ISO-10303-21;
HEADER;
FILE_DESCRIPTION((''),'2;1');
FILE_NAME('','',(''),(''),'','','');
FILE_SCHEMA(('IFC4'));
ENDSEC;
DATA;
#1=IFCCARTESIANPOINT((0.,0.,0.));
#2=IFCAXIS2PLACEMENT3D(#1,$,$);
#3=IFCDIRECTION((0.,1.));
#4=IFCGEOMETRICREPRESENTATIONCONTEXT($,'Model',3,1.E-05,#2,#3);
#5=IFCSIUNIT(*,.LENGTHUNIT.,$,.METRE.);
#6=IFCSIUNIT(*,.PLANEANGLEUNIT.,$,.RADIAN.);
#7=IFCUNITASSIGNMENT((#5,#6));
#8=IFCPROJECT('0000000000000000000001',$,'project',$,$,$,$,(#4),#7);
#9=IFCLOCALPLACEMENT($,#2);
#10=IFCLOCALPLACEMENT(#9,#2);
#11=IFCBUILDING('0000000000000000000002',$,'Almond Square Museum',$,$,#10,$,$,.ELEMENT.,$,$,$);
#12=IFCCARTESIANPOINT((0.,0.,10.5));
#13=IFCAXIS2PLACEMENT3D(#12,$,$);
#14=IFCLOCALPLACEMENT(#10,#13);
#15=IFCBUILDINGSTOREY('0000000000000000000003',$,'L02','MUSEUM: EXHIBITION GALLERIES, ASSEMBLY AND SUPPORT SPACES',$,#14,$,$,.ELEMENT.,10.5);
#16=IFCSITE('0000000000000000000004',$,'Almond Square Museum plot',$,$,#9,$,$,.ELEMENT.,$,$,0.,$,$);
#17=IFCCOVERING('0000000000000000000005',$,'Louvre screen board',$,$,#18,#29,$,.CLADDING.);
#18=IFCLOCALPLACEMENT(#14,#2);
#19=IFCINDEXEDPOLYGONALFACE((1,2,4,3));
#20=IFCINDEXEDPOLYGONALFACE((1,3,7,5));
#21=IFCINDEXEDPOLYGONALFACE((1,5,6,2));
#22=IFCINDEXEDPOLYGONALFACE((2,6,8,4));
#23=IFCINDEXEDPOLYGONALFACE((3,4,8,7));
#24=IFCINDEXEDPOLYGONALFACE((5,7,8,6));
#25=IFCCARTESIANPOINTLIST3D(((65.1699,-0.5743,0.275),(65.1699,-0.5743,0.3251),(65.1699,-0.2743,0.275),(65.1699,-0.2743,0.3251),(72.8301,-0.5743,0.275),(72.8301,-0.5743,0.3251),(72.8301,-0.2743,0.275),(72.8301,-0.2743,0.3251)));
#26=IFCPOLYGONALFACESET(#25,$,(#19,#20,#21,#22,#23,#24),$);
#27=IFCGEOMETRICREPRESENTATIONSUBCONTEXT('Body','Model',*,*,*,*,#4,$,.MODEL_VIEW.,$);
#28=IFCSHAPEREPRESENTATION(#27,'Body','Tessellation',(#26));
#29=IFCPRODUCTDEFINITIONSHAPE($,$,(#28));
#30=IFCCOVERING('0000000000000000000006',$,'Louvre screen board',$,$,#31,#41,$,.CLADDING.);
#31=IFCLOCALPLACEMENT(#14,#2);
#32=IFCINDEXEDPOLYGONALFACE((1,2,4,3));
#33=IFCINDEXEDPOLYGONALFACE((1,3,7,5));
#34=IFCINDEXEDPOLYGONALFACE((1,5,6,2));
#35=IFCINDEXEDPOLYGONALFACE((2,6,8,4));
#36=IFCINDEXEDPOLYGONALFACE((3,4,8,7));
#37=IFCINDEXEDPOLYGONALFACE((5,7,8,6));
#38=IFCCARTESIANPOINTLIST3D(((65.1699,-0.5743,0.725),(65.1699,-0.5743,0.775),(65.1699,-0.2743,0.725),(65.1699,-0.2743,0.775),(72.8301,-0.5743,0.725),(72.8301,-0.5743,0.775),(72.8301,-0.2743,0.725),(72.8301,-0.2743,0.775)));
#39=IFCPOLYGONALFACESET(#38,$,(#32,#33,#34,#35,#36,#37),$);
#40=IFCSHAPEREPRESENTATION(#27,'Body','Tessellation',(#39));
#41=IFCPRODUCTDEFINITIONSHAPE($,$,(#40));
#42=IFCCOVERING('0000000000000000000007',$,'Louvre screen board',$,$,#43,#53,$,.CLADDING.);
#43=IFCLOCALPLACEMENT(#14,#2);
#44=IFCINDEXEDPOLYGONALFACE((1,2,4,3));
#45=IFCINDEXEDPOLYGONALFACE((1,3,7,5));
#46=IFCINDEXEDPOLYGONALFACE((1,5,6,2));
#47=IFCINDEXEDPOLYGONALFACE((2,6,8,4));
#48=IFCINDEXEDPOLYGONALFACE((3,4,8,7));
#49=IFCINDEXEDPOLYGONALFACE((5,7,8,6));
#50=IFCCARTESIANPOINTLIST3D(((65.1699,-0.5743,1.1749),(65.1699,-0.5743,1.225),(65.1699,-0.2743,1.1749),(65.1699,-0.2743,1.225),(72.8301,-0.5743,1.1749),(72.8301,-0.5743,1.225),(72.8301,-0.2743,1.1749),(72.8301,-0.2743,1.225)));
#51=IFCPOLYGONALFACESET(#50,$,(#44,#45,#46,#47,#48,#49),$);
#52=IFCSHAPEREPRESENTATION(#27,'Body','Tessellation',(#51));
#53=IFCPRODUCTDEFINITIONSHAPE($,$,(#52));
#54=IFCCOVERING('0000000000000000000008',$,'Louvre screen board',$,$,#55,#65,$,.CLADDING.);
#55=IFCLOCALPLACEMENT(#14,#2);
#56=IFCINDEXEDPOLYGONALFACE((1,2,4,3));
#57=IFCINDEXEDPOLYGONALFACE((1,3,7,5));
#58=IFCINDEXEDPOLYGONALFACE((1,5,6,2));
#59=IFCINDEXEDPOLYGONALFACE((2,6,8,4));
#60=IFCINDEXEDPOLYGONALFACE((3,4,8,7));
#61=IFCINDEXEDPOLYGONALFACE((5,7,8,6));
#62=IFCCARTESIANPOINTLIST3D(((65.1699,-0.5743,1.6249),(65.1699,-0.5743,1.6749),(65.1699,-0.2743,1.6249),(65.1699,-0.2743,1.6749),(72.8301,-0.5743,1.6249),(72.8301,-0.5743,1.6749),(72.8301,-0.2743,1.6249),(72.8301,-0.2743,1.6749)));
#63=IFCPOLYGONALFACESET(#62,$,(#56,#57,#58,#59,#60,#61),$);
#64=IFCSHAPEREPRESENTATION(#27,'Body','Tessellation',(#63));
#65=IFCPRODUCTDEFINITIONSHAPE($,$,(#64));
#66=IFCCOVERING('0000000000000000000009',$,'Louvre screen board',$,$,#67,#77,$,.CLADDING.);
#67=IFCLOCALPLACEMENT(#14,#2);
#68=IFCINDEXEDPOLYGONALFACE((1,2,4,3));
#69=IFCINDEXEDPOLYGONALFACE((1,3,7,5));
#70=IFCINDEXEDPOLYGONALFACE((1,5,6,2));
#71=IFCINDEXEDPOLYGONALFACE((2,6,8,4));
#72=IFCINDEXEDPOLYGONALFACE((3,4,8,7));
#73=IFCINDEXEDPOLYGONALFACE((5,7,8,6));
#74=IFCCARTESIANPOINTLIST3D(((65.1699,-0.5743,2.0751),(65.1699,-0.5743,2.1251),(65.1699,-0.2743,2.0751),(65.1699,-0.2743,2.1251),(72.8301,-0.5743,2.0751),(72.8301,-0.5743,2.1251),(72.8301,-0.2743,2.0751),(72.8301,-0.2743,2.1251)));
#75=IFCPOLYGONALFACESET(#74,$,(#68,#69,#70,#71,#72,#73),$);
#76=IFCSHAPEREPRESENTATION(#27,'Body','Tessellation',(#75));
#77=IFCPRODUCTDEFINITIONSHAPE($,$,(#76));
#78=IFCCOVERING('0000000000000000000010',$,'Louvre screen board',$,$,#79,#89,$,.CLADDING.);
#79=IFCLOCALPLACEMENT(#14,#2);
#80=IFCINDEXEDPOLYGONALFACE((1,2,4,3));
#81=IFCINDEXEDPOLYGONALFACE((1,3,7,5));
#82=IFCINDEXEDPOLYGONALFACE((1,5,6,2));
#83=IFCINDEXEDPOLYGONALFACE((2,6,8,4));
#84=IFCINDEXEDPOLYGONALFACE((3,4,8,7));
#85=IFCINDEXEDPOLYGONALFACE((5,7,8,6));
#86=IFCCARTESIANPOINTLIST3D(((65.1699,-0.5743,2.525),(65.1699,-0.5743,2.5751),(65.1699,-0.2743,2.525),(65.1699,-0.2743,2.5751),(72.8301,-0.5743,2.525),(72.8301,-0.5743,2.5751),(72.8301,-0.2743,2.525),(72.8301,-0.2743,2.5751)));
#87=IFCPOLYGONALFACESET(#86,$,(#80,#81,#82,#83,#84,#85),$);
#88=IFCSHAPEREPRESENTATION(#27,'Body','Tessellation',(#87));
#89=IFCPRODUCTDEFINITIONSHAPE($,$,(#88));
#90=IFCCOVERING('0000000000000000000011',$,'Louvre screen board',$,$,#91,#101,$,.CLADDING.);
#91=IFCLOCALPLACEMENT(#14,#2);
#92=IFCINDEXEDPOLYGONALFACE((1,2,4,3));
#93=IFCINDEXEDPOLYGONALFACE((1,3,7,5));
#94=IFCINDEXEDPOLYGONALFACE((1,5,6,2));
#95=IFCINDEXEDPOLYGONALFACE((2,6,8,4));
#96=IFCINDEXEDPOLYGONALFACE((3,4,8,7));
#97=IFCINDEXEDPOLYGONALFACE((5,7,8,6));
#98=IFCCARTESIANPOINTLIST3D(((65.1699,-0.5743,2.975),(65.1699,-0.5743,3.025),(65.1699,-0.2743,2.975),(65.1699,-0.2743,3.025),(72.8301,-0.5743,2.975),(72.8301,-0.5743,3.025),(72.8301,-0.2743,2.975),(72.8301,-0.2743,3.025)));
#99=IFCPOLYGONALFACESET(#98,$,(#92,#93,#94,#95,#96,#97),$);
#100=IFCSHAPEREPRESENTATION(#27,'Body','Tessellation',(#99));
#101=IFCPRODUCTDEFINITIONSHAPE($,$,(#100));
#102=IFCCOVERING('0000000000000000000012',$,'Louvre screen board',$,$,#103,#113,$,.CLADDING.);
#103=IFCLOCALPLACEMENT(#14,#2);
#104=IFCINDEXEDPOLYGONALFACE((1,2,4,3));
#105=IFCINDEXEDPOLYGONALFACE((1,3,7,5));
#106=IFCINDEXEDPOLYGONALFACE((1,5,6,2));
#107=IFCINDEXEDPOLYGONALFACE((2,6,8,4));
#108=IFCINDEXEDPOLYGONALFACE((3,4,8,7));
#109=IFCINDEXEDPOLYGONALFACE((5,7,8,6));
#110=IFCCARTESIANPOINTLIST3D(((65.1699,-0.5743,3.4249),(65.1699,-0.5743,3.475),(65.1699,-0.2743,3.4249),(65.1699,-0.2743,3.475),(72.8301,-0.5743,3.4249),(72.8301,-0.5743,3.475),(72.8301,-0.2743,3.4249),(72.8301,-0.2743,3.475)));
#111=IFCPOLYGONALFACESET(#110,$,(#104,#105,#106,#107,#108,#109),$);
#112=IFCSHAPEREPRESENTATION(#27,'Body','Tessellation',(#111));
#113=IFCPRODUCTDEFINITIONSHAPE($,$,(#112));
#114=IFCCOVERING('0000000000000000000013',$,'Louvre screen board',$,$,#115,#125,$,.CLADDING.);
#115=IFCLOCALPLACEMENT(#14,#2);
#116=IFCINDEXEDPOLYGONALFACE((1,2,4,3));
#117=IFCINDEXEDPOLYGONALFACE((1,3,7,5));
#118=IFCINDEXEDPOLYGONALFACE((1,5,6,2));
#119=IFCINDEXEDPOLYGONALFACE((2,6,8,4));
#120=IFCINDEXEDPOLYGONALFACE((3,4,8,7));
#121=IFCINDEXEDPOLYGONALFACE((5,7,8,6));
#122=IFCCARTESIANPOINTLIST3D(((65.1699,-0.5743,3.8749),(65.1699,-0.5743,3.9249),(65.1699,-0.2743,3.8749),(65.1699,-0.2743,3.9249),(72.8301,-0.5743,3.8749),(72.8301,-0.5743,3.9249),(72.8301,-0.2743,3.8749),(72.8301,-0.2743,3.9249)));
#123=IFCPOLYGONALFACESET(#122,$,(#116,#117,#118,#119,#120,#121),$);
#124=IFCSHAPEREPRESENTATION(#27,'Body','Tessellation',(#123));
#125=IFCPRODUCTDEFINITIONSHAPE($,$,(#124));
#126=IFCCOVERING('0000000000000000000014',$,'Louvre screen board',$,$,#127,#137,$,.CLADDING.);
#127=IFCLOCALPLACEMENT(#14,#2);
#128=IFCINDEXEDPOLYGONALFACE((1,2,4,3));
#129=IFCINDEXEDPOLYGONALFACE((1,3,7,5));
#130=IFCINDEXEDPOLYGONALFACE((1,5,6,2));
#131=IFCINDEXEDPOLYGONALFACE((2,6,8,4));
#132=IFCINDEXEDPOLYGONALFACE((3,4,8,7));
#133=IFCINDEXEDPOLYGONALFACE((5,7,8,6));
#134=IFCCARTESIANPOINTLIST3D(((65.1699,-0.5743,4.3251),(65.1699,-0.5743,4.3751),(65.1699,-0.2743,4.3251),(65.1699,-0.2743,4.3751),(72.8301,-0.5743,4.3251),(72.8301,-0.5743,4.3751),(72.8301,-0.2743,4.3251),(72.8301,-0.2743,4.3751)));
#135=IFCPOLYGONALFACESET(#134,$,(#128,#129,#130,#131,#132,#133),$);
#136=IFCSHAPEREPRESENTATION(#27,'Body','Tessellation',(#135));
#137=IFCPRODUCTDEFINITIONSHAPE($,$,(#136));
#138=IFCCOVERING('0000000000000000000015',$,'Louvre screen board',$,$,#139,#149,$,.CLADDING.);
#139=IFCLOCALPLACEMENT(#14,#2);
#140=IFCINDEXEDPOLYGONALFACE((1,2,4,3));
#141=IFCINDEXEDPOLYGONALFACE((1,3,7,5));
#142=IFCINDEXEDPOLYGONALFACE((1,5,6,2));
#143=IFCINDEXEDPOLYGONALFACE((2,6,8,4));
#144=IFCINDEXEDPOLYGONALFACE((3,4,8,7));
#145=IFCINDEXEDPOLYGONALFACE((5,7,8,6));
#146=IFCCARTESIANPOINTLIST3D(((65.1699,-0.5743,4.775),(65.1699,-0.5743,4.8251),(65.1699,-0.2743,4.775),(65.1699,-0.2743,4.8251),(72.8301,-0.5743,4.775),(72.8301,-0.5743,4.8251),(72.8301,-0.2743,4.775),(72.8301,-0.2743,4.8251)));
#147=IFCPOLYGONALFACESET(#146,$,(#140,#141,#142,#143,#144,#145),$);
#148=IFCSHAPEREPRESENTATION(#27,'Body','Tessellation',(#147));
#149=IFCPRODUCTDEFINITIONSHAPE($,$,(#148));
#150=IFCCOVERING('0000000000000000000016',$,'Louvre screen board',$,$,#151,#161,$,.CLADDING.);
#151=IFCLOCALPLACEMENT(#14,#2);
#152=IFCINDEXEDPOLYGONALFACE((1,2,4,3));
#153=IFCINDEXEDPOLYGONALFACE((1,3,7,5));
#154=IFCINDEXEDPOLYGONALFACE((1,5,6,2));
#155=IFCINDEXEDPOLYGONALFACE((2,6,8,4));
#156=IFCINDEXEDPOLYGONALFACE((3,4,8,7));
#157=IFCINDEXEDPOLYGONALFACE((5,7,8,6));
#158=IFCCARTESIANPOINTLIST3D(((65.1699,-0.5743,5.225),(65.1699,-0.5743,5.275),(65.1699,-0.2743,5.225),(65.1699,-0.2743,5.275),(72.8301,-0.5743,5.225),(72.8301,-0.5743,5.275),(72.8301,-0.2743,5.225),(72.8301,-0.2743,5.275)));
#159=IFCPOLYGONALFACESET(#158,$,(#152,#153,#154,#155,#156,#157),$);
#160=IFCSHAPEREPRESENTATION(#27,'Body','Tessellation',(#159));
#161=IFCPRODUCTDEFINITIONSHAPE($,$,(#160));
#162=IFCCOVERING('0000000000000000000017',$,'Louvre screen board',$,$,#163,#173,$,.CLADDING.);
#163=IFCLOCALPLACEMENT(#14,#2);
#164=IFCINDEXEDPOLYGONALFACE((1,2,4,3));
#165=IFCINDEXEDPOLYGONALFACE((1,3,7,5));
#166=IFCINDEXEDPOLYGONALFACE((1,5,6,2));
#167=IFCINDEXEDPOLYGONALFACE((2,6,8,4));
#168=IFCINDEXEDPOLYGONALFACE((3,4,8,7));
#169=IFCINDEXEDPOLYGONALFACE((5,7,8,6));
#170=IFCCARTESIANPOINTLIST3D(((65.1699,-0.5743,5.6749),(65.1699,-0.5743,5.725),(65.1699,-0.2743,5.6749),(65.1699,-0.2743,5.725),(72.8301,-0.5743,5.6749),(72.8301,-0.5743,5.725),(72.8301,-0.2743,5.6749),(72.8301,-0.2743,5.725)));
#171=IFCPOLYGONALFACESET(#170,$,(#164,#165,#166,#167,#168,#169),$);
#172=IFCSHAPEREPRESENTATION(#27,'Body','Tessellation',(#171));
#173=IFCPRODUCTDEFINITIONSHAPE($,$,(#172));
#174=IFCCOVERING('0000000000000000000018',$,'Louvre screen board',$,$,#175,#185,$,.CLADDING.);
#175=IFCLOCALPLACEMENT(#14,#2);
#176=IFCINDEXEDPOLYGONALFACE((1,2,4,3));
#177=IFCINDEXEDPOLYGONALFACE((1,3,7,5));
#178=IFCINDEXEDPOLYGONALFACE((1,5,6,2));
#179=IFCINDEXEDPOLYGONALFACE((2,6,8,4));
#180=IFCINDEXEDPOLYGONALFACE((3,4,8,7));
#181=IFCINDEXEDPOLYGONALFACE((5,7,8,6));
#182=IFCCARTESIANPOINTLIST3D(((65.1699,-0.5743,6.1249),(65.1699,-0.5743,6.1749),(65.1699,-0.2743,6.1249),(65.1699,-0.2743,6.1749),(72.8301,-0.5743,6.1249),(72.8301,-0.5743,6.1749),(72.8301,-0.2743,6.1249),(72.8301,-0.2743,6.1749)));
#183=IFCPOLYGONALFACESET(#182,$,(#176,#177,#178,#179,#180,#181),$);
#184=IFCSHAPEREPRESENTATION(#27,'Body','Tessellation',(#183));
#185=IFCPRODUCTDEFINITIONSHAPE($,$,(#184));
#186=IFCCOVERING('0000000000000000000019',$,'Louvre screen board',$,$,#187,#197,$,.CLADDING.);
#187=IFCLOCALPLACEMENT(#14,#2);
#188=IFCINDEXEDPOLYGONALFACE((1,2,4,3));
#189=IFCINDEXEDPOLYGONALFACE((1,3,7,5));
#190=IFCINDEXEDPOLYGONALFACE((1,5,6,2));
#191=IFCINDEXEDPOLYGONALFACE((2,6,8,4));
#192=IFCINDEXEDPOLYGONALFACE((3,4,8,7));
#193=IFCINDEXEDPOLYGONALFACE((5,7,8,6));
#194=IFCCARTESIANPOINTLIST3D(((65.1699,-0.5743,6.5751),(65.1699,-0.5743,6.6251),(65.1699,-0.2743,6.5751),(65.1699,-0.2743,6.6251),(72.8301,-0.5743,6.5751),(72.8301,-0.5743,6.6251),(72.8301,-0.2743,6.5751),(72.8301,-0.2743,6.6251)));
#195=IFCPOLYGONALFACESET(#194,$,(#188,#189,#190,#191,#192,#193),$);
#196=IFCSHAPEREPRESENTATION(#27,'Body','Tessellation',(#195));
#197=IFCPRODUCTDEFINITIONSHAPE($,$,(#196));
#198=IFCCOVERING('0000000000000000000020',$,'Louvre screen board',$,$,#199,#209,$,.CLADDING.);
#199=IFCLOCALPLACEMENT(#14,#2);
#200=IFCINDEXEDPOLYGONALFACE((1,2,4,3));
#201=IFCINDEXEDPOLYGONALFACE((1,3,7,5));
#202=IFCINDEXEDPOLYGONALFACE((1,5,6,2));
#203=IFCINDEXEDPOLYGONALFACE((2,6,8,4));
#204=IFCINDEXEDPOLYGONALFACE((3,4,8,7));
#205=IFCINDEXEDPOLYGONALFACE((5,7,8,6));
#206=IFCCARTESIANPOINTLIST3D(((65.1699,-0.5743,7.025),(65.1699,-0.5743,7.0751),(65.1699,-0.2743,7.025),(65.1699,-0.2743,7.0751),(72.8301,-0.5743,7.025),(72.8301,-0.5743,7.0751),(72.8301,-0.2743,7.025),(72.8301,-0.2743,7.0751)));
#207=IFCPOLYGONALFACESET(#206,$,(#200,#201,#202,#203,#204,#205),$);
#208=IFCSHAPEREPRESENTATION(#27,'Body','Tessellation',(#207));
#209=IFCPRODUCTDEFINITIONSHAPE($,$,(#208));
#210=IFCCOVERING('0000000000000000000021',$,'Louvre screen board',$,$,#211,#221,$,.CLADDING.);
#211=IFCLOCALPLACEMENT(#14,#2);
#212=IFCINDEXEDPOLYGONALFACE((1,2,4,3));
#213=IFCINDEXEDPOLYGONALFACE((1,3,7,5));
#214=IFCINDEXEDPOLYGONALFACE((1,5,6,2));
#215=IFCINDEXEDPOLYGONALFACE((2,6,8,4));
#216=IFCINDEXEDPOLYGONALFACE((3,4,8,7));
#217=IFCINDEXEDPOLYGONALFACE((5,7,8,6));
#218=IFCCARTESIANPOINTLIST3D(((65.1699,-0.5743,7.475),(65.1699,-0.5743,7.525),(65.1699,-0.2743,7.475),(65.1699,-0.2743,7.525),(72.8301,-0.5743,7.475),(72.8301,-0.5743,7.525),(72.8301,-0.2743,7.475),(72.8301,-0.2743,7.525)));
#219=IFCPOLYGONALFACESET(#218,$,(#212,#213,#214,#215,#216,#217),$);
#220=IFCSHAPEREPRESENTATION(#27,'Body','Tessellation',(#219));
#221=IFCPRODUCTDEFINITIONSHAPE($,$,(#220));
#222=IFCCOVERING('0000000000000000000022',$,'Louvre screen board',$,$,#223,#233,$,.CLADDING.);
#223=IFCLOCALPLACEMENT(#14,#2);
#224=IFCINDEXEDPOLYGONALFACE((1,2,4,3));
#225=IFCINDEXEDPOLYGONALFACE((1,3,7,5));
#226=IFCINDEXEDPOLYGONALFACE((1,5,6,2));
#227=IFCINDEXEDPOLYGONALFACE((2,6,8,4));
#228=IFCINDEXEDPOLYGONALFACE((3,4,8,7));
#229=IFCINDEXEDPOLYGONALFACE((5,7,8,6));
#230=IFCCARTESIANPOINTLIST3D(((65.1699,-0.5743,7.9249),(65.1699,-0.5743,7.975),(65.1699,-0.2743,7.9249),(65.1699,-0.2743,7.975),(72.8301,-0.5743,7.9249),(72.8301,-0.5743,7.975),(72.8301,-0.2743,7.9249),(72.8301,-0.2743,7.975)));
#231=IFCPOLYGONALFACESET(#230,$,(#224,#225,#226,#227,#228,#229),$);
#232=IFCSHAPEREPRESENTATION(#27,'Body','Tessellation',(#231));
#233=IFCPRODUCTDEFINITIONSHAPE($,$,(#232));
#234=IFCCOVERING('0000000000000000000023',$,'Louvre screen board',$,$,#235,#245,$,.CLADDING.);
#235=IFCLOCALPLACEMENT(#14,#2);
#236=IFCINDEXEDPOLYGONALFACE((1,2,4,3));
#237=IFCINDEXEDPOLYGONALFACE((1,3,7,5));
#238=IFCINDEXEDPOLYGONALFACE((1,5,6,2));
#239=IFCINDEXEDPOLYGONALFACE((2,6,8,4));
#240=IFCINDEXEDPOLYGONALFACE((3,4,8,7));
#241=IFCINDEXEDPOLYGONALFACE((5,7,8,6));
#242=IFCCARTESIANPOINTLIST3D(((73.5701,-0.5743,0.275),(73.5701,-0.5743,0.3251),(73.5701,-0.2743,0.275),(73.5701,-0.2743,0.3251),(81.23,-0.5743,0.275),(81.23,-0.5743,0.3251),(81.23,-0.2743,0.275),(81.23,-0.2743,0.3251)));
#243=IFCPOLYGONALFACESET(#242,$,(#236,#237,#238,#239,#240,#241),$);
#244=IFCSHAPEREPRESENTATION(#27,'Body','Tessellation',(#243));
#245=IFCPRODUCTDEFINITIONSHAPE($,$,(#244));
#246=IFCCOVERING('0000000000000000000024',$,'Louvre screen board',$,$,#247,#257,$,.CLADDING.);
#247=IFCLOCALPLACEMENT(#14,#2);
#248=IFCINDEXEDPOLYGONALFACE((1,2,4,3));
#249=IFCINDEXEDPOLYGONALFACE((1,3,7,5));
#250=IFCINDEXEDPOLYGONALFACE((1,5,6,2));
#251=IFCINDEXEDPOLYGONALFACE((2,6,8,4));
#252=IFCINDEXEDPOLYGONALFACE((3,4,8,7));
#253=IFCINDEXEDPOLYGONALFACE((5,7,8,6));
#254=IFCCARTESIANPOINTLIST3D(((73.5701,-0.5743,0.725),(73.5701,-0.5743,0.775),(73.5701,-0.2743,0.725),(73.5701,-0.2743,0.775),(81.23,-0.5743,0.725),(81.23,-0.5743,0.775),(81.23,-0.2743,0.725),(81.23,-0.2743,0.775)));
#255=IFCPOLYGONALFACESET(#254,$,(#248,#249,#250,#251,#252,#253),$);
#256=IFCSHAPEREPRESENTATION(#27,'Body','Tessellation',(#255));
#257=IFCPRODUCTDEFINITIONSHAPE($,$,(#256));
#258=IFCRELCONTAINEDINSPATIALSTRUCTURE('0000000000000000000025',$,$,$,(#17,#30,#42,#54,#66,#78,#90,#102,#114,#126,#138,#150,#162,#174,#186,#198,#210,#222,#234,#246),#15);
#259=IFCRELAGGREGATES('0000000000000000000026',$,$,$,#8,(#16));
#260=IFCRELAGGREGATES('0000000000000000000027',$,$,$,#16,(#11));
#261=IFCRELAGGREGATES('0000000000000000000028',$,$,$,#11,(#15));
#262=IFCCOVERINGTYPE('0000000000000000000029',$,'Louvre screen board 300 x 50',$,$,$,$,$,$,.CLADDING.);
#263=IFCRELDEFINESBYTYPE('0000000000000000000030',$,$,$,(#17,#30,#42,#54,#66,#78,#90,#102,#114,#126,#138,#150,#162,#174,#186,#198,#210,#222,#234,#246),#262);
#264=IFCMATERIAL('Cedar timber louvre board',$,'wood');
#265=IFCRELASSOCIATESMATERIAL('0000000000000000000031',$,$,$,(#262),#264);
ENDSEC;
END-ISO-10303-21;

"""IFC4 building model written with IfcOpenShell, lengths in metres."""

from ifc_helpers import new_model, si_unit, direction, frame, origin, origin_2d, place, context, subcontext, project, spatial, rectangle, extrude, material, material_profile, profile_set, type_object, element, save


model = new_model("IFC4")

# Units and contexts
model_context = context("Model", 3, precision=1e-05, world=origin(), true_north=direction((0.0, 1.0)))
body_context = subcontext(model_context, "Body", "Model", "MODEL_VIEW")
ifc_project = project(units=[si_unit("LENGTHUNIT", "METRE"), si_unit("PLANEANGLEUNIT", "RADIAN")], contexts=[model_context])

# Site, building, storey
site_placement = place(None, origin())
site = spatial("IfcSite", under=ifc_project, at=site_placement, Name="Almond Square Museum plot", CompositionType="ELEMENT", RefElevation=0.0)
building_placement = place(site_placement, origin())
building = spatial("IfcBuilding", under=site, at=building_placement, Name="Almond Square Museum", CompositionType="ELEMENT")
storey_placement = place(building_placement, frame((0.0, 0.0, 10.5)))
storey = spatial("IfcBuildingStorey", under=building, at=storey_placement, Name="L02", Description="MUSEUM: EXHIBITION GALLERIES, ASSEMBLY AND SUPPORT SPACES", CompositionType="ELEMENT", Elevation=10.5)

# Coverings
ifc_material = material(Name="Cedar timber louvre board", Category="wood")
ifc_material_profile = material_profile(ifc_material, rectangle(XDim=0.3, YDim=0.05, at=origin_2d()))
ifc_profile_set = profile_set([ifc_material_profile], Name="Cedar timber louvre board")
covering_type = type_object("IfcCoveringType", Name="Louvre screen board 300 x 50", PredefinedType="CLADDING", material=ifc_profile_set)
for number, where, z_axis, x_axis, name in (
    (1, (65.1699, -0.4243, 0.3), (1.0, 0.0, 0.0), (0.0, 1.0, 0.0), "Louvre screen board"),
    (2, (65.1699, -0.4243, 0.75), (1.0, 0.0, 0.0), (0.0, 1.0, 0.0), "Louvre screen board"),
    (3, (65.1699, -0.4243, 1.2), (1.0, 0.0, 0.0), (0.0, 1.0, 0.0), "Louvre screen board"),
    (4, (65.1699, -0.4243, 1.6499), (1.0, 0.0, 0.0), (0.0, 1.0, 0.0), "Louvre screen board"),
    (5, (65.1699, -0.4243, 2.1001), (1.0, 0.0, 0.0), (0.0, 1.0, 0.0), "Louvre screen board"),
    (6, (65.1699, -0.4243, 2.55), (1.0, 0.0, 0.0), (0.0, 1.0, 0.0), "Louvre screen board"),
    (7, (65.1699, -0.4243, 3.0), (1.0, 0.0, 0.0), (0.0, 1.0, 0.0), "Louvre screen board"),
    (8, (65.1699, -0.4243, 3.45), (1.0, 0.0, 0.0), (0.0, 1.0, 0.0), "Louvre screen board"),
    (9, (65.1699, -0.4243, 3.8999), (1.0, 0.0, 0.0), (0.0, 1.0, 0.0), "Louvre screen board"),
    (10, (65.1699, -0.4243, 4.3501), (1.0, 0.0, 0.0), (0.0, 1.0, 0.0), "Louvre screen board"),
    (11, (65.1699, -0.4243, 4.8), (1.0, 0.0, 0.0), (0.0, 1.0, 0.0), "Louvre screen board"),
    (12, (65.1699, -0.4243, 5.25), (1.0, 0.0, 0.0), (0.0, 1.0, 0.0), "Louvre screen board"),
    (13, (65.1699, -0.4243, 5.7), (1.0, 0.0, 0.0), (0.0, 1.0, 0.0), "Louvre screen board"),
    (14, (65.1699, -0.4243, 6.1499), (1.0, 0.0, 0.0), (0.0, 1.0, 0.0), "Louvre screen board"),
    (15, (65.1699, -0.4243, 6.6001), (1.0, 0.0, 0.0), (0.0, 1.0, 0.0), "Louvre screen board"),
    (16, (65.1699, -0.4243, 7.05), (1.0, 0.0, 0.0), (0.0, 1.0, 0.0), "Louvre screen board"),
    (17, (65.1699, -0.4243, 7.5), (1.0, 0.0, 0.0), (0.0, 1.0, 0.0), "Louvre screen board"),
    (18, (65.1699, -0.4243, 7.95), (1.0, 0.0, 0.0), (0.0, 1.0, 0.0), "Louvre screen board"),
):
    element("IfcCovering", number, at=place(storey_placement, frame(where, z_axis=z_axis, x_axis=x_axis)), inside=storey, type_object=covering_type, Name=name, PredefinedType="CLADDING", context=body_context, shape_type="SweptSolid", body=[
        extrude(rectangle(XDim=0.3, YDim=0.05, at=origin_2d()), origin(), (0.0, 0.0, 1.0), 7.6602),
    ])
for number, where, z_axis, x_axis, name in (
    (19, (73.5701, -0.4243, 0.3), (1.0, 0.0, 0.0), (0.0, 1.0, 0.0), "Louvre screen board"),
    (20, (73.5701, -0.4243, 0.75), (1.0, 0.0, 0.0), (0.0, 1.0, 0.0), "Louvre screen board"),
):
    element("IfcCovering", number, at=place(storey_placement, frame(where, z_axis=z_axis, x_axis=x_axis)), inside=storey, type_object=covering_type, Name=name, PredefinedType="CLADDING", context=body_context, shape_type="SweptSolid", body=[
        extrude(rectangle(XDim=0.3, YDim=0.05, at=origin_2d()), origin(), (0.0, 0.0, 1.0), 7.6599),
    ])

save(model, "model.ifc")
